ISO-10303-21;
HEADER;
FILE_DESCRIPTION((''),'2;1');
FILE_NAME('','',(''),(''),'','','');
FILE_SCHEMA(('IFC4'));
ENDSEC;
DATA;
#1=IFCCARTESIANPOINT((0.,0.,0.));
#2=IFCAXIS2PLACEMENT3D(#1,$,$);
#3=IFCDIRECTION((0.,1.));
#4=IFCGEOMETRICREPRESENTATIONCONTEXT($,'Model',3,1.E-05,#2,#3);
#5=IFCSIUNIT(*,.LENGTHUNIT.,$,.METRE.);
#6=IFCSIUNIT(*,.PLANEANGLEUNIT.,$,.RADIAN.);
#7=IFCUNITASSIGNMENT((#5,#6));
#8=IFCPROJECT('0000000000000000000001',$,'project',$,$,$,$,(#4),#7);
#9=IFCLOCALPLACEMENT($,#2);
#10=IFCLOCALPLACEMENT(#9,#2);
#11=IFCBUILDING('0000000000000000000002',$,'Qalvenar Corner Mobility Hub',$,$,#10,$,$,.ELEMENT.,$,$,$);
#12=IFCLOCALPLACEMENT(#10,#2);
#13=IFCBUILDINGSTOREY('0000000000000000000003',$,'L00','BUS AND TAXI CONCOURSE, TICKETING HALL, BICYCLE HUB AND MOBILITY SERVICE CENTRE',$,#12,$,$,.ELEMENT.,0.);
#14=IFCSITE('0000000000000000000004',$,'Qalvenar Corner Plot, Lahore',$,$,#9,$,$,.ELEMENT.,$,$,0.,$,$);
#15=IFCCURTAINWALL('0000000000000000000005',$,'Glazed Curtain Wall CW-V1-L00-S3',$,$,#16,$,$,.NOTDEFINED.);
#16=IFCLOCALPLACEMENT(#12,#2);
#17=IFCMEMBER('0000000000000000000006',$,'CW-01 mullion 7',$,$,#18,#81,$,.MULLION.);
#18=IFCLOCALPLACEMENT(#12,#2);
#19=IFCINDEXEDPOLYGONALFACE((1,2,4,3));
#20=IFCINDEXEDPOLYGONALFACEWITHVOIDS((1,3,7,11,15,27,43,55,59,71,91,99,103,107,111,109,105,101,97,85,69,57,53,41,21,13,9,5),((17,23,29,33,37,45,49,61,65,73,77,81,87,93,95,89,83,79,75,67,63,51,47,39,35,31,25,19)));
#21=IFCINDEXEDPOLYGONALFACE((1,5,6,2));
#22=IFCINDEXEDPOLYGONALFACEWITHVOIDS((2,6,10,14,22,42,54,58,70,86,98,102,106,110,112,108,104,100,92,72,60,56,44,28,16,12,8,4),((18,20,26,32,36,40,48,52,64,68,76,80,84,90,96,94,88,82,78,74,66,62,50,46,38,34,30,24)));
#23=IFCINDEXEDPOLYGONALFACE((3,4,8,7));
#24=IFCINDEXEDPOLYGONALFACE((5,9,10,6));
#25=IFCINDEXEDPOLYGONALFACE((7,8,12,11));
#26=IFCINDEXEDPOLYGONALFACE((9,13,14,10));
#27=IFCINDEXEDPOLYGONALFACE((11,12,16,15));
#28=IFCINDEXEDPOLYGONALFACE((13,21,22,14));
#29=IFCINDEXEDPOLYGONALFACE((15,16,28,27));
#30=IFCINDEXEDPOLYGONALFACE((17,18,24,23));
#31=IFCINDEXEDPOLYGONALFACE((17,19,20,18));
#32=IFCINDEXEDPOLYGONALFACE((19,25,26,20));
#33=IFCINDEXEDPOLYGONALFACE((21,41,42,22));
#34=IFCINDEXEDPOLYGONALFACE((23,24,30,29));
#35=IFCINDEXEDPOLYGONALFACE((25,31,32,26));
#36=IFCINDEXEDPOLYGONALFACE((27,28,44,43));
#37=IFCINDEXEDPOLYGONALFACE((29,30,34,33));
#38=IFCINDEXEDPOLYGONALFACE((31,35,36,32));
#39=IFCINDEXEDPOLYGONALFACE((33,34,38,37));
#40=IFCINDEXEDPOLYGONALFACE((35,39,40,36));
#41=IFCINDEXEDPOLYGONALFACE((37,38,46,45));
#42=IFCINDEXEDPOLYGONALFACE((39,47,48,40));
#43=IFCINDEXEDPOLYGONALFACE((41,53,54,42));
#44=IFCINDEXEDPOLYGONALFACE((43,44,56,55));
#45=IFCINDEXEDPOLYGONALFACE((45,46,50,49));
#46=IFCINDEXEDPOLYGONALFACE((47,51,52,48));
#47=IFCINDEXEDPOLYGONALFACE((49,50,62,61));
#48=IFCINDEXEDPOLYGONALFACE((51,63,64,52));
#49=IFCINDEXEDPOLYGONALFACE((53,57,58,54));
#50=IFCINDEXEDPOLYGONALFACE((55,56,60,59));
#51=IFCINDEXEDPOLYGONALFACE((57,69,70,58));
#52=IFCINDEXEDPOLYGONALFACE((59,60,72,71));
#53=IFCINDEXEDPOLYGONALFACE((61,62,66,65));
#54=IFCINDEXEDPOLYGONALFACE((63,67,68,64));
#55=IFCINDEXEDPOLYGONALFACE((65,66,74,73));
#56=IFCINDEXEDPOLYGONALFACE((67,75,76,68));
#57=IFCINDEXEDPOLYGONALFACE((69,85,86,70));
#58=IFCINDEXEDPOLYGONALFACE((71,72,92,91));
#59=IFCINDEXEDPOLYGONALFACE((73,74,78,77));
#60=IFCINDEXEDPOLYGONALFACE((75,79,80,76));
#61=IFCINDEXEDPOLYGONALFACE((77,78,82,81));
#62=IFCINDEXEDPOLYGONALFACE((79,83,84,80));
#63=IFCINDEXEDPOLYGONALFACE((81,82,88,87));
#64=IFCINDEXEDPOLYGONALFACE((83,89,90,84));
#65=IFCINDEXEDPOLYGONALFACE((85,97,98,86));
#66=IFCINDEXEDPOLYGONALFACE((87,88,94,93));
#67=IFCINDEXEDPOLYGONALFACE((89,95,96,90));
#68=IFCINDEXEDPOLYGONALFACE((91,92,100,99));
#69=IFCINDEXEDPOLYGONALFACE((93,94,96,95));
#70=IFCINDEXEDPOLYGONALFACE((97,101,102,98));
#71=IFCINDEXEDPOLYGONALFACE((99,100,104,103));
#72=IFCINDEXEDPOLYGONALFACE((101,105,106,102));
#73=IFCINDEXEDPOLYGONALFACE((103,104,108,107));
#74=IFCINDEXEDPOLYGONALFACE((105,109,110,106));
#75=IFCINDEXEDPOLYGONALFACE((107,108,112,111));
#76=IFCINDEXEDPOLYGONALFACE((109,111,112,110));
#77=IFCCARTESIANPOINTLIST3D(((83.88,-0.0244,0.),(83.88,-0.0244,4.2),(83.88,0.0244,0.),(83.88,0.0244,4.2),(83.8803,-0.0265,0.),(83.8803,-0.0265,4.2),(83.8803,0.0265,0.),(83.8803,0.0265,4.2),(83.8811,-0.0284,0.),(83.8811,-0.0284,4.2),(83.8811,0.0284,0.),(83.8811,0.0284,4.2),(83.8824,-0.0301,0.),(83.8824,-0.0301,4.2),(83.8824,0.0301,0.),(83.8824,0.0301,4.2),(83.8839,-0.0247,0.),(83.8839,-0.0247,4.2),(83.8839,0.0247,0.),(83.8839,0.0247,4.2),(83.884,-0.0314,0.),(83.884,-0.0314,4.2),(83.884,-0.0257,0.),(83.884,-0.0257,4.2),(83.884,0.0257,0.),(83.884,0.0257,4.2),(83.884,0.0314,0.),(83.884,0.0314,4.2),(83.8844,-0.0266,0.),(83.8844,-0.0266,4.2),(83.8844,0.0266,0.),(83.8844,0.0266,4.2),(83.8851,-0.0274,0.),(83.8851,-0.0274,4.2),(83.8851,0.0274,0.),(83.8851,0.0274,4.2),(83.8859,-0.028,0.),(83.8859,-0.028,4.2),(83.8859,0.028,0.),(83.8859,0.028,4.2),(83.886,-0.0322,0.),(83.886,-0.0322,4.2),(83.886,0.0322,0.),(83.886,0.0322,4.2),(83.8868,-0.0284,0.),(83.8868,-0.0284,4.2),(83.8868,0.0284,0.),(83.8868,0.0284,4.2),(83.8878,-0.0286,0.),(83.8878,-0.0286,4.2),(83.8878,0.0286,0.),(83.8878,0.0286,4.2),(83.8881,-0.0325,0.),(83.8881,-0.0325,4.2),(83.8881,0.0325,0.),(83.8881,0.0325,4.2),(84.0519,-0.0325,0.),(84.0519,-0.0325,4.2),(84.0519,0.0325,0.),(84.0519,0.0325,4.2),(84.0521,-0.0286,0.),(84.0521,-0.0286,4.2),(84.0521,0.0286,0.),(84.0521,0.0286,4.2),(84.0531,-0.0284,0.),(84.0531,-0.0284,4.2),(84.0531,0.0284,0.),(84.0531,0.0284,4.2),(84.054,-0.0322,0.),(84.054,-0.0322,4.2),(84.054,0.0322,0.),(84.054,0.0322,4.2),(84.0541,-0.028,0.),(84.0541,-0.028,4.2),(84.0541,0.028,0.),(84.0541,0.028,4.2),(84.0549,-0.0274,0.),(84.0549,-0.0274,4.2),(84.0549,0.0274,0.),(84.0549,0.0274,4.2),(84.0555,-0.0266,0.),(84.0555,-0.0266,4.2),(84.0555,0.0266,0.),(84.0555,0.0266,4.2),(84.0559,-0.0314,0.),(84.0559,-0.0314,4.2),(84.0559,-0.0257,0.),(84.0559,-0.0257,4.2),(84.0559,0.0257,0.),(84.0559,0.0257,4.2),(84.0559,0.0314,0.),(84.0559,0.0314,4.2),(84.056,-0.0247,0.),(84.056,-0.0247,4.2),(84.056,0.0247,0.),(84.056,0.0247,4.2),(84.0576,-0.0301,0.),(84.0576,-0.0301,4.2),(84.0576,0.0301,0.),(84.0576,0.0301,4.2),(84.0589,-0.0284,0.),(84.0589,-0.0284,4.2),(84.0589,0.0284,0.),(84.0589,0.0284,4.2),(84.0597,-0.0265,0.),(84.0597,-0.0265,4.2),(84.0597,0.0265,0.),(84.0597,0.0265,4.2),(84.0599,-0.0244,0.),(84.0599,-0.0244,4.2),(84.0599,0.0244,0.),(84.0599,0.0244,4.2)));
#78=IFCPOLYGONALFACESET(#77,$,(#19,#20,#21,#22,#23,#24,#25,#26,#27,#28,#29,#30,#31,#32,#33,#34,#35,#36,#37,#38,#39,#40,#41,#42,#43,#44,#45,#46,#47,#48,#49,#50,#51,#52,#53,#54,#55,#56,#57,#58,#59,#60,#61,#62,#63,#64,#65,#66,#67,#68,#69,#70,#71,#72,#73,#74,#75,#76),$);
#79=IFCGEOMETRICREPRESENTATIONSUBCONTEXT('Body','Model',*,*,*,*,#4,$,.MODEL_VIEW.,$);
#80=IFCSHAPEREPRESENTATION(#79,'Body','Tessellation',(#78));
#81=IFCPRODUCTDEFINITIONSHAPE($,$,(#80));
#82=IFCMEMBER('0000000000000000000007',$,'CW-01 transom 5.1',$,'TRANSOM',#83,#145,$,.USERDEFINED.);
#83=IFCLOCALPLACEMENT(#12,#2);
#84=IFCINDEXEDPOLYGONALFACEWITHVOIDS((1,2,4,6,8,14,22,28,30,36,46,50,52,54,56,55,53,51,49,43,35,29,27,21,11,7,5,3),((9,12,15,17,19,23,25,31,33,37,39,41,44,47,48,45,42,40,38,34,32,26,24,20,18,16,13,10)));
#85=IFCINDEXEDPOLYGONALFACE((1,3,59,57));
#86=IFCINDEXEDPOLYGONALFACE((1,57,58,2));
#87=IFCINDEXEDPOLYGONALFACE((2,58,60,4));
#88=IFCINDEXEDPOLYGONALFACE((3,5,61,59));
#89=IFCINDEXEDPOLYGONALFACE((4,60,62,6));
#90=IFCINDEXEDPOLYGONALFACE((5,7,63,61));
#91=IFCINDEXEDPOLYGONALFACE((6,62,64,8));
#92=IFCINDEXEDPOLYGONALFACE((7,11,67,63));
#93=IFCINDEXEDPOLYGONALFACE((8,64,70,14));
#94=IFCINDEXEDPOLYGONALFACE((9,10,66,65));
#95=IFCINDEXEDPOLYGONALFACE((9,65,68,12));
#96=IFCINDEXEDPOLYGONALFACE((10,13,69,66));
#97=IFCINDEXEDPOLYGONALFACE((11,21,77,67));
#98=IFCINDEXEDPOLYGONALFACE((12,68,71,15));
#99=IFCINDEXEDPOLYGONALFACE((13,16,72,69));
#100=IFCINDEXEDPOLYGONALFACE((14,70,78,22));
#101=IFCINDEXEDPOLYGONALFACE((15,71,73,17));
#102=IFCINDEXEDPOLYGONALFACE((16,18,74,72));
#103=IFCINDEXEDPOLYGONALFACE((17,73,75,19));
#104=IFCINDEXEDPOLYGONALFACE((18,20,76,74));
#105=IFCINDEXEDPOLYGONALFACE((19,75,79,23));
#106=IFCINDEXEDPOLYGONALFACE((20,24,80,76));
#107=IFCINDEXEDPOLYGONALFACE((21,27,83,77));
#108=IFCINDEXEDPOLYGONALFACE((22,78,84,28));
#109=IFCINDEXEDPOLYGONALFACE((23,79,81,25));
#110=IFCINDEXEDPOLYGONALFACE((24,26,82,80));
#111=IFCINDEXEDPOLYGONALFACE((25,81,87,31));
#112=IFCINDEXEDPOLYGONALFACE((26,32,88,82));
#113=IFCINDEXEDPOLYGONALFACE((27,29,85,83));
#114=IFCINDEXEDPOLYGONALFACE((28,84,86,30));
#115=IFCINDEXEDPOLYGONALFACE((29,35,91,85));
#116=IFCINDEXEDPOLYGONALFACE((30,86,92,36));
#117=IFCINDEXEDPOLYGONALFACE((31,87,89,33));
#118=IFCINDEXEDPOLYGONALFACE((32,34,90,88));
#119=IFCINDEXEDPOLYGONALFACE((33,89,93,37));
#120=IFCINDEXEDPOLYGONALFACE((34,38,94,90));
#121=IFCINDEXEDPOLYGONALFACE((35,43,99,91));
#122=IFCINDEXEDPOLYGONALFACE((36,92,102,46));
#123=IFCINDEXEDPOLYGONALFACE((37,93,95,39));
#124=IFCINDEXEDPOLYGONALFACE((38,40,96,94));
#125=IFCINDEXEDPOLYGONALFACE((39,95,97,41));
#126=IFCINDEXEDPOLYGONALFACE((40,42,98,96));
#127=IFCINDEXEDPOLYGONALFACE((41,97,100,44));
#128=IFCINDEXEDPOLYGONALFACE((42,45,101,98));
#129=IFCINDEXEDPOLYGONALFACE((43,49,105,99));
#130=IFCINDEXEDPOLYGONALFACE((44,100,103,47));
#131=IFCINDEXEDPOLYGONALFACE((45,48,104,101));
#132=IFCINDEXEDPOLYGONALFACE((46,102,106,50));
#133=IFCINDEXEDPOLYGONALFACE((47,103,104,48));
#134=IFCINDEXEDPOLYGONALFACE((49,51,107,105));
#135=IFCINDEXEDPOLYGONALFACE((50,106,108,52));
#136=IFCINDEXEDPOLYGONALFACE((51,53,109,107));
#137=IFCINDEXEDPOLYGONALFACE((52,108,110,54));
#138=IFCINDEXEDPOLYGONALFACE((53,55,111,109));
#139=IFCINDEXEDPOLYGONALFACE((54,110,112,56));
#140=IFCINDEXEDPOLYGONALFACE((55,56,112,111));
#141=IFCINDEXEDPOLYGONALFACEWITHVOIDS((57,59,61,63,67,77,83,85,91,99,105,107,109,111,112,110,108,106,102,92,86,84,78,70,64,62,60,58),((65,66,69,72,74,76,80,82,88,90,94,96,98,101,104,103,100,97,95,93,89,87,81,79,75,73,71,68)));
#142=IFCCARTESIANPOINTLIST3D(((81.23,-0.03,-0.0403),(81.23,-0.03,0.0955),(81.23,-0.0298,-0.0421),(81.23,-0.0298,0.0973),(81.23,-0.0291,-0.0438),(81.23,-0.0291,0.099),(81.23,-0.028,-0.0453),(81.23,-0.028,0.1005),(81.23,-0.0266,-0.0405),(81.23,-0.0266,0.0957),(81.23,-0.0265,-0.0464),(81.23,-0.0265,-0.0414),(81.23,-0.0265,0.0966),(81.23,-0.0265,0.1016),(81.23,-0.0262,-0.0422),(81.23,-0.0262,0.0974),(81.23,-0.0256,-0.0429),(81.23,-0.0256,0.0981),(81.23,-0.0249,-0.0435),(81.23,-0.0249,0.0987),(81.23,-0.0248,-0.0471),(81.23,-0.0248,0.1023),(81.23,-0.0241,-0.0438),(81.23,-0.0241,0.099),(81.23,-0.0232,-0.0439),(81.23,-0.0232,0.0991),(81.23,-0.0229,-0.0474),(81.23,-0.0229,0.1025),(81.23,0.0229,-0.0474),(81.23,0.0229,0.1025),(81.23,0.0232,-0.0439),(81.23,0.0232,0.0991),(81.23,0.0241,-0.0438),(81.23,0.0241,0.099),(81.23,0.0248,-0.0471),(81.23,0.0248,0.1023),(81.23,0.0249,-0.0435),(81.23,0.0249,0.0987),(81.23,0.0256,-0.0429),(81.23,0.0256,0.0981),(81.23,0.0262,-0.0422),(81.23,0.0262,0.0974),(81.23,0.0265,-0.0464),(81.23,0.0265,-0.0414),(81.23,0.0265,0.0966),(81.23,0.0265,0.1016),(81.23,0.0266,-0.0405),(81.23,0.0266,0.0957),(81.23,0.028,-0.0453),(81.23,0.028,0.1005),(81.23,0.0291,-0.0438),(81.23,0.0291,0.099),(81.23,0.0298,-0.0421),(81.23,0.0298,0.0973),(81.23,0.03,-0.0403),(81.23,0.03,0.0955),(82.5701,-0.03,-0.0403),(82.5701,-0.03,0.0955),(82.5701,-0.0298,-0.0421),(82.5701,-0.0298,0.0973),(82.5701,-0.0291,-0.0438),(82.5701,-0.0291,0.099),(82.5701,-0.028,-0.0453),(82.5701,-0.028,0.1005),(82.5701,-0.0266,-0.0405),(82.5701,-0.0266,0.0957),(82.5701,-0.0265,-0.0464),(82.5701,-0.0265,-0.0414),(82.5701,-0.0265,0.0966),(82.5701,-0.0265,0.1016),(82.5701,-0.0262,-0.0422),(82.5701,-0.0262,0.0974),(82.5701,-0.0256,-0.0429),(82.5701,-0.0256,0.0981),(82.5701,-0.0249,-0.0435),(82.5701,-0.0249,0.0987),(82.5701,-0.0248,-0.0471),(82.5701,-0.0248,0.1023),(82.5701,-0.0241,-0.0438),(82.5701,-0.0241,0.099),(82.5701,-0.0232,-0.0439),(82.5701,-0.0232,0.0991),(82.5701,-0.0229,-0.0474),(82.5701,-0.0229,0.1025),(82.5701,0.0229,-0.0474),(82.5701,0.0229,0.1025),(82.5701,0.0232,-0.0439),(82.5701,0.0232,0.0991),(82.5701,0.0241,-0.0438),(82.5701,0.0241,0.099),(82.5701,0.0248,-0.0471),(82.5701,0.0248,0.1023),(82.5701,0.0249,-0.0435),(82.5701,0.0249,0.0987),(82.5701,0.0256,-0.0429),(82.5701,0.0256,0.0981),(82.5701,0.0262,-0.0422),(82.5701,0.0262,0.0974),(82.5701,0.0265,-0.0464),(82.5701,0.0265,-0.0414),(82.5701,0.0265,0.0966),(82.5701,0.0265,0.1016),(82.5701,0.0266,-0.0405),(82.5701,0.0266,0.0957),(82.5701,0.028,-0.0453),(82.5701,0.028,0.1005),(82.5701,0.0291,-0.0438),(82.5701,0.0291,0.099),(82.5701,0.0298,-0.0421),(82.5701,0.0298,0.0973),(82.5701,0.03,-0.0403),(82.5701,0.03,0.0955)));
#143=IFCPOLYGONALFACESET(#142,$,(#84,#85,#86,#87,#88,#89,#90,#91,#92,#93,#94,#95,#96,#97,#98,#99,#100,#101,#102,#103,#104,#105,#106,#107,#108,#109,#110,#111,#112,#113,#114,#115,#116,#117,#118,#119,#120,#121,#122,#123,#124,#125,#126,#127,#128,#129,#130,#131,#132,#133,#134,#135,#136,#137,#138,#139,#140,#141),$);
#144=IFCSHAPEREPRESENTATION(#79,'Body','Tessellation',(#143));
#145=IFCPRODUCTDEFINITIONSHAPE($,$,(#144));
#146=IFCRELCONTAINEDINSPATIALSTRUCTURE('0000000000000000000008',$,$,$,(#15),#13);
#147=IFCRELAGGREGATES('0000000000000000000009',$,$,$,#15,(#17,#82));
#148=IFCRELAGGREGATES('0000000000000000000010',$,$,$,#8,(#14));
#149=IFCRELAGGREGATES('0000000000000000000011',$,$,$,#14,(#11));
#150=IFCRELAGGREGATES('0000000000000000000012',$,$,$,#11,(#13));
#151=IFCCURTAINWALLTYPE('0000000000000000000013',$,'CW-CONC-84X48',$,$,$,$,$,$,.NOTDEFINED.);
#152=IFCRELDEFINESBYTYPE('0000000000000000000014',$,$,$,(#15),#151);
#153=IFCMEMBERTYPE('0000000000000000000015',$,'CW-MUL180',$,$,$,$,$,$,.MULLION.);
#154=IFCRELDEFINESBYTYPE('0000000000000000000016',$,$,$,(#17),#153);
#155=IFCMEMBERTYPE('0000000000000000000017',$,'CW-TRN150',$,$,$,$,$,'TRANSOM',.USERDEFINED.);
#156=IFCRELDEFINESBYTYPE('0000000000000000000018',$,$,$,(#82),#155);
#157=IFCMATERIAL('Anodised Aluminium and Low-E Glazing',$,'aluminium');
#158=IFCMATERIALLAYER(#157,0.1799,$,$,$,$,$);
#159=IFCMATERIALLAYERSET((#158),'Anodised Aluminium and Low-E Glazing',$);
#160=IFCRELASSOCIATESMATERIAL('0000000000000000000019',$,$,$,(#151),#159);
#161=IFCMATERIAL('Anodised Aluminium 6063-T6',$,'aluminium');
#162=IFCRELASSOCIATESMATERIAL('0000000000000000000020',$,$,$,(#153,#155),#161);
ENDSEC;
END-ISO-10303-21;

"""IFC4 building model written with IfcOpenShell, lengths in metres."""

from ifc_helpers import new_model, si_unit, direction, frame, origin, origin_2d, place, context, subcontext, project, spatial, hollow_rectangle, extrude, material, layer, layer_set, material_profile, profile_set, type_object, element, aggregate, save


model = new_model("IFC4")

# Units and contexts
model_context = context("Model", 3, precision=1e-05, world=origin(), true_north=direction((0.0, 1.0)))
body_context = subcontext(model_context, "Body", "Model", "MODEL_VIEW")
ifc_project = project(units=[si_unit("LENGTHUNIT", "METRE"), si_unit("PLANEANGLEUNIT", "RADIAN")], contexts=[model_context])

# Site, building, storey
site_placement = place(None, origin())
site = spatial("IfcSite", under=ifc_project, at=site_placement, Name="Qalvenar Corner Plot, Lahore", CompositionType="ELEMENT", RefElevation=0.0)
building_placement = place(site_placement, origin())
building = spatial("IfcBuilding", under=site, at=building_placement, Name="Qalvenar Corner Mobility Hub", CompositionType="ELEMENT")
storey_placement = place(building_placement, origin())
storey = spatial("IfcBuildingStorey", under=building, at=storey_placement, Name="L00", Description="BUS AND TAXI CONCOURSE, TICKETING HALL, BICYCLE HUB AND MOBILITY SERVICE CENTRE", CompositionType="ELEMENT", Elevation=0.0)

# Curtain wall, members
ifc_material_1 = material(Name="Anodised Aluminium and Low-E Glazing", Category="aluminium")
ifc_layer_1 = layer(ifc_material_1, 0.1799)
ifc_layer_set_1 = layer_set([ifc_layer_1], Name="Anodised Aluminium and Low-E Glazing")
curtain_wall_type = type_object("IfcCurtainWallType", Name="CW-CONC-84X48", PredefinedType="NOTDEFINED", material=ifc_layer_set_1)
curtain_wall_placement = place(storey_placement, origin())
curtain_wall = element("IfcCurtainWall", 1, at=curtain_wall_placement, inside=storey, type_object=curtain_wall_type, Name="Glazed Curtain Wall CW-V1-L00-S3", PredefinedType="NOTDEFINED")
ifc_material_2 = material(Name="Anodised Aluminium 6063-T6", Category="aluminium")
ifc_material_profile_1 = material_profile(ifc_material_2, hollow_rectangle(XDim=0.0649, YDim=0.1799, WallThickness=0.0039, InnerFilletRadius=0.0039, OuterFilletRadius=0.0081, at=origin_2d()), Name="RHS180x65x4")
ifc_profile_set_1 = profile_set([ifc_material_profile_1], Name="Anodised Aluminium 6063-T6")
member_type_1 = type_object("IfcMemberType", Name="CW-MUL180", PredefinedType="MULLION", material=ifc_profile_set_1)
member_1_placement = place(storey_placement, frame((83.97, 0.0, 0.0), z_axis=(0.0, 0.0, 1.0), x_axis=(0.0, 1.0, 0.0)))
member_1 = element("IfcMember", 2, at=member_1_placement, type_object=member_type_1, Name="CW-01 mullion 7", PredefinedType="MULLION", context=body_context, shape_type="SweptSolid", body=[
    extrude(hollow_rectangle(XDim=0.0649, YDim=0.1799, WallThickness=0.0039, InnerFilletRadius=0.0039, OuterFilletRadius=0.0081, at=origin_2d()), origin(), (0.0, 0.0, 1.0), 4.2),
])
ifc_material_profile_2 = material_profile(ifc_material_2, hollow_rectangle(XDim=0.0601, YDim=0.1499, WallThickness=0.0034, InnerFilletRadius=0.0034, OuterFilletRadius=0.0071, at=origin_2d()), Name="RHS150x60x3.5")
ifc_profile_set_2 = profile_set([ifc_material_profile_2], Name="Anodised Aluminium 6063-T6")
member_type_2 = type_object("IfcMemberType", Name="CW-TRN150", ElementType="TRANSOM", PredefinedType="USERDEFINED", material=ifc_profile_set_2)
member_2_placement = place(storey_placement, frame((81.23, 0.0, 0.0276), z_axis=(1.0, 0.0, 0.0), x_axis=(0.0, 1.0, 0.0)))
member_2 = element("IfcMember", 3, at=member_2_placement, type_object=member_type_2, Name="CW-01 transom 5.1", ObjectType="TRANSOM", PredefinedType="USERDEFINED", context=body_context, shape_type="SweptSolid", body=[
    extrude(hollow_rectangle(XDim=0.0601, YDim=0.1499, WallThickness=0.0034, InnerFilletRadius=0.0034, OuterFilletRadius=0.0071, at=origin_2d()), origin(), (0.0, 0.0, 1.0), 1.3401),
])
aggregate(curtain_wall, [member_1, member_2])

save(model, "model.ifc")
